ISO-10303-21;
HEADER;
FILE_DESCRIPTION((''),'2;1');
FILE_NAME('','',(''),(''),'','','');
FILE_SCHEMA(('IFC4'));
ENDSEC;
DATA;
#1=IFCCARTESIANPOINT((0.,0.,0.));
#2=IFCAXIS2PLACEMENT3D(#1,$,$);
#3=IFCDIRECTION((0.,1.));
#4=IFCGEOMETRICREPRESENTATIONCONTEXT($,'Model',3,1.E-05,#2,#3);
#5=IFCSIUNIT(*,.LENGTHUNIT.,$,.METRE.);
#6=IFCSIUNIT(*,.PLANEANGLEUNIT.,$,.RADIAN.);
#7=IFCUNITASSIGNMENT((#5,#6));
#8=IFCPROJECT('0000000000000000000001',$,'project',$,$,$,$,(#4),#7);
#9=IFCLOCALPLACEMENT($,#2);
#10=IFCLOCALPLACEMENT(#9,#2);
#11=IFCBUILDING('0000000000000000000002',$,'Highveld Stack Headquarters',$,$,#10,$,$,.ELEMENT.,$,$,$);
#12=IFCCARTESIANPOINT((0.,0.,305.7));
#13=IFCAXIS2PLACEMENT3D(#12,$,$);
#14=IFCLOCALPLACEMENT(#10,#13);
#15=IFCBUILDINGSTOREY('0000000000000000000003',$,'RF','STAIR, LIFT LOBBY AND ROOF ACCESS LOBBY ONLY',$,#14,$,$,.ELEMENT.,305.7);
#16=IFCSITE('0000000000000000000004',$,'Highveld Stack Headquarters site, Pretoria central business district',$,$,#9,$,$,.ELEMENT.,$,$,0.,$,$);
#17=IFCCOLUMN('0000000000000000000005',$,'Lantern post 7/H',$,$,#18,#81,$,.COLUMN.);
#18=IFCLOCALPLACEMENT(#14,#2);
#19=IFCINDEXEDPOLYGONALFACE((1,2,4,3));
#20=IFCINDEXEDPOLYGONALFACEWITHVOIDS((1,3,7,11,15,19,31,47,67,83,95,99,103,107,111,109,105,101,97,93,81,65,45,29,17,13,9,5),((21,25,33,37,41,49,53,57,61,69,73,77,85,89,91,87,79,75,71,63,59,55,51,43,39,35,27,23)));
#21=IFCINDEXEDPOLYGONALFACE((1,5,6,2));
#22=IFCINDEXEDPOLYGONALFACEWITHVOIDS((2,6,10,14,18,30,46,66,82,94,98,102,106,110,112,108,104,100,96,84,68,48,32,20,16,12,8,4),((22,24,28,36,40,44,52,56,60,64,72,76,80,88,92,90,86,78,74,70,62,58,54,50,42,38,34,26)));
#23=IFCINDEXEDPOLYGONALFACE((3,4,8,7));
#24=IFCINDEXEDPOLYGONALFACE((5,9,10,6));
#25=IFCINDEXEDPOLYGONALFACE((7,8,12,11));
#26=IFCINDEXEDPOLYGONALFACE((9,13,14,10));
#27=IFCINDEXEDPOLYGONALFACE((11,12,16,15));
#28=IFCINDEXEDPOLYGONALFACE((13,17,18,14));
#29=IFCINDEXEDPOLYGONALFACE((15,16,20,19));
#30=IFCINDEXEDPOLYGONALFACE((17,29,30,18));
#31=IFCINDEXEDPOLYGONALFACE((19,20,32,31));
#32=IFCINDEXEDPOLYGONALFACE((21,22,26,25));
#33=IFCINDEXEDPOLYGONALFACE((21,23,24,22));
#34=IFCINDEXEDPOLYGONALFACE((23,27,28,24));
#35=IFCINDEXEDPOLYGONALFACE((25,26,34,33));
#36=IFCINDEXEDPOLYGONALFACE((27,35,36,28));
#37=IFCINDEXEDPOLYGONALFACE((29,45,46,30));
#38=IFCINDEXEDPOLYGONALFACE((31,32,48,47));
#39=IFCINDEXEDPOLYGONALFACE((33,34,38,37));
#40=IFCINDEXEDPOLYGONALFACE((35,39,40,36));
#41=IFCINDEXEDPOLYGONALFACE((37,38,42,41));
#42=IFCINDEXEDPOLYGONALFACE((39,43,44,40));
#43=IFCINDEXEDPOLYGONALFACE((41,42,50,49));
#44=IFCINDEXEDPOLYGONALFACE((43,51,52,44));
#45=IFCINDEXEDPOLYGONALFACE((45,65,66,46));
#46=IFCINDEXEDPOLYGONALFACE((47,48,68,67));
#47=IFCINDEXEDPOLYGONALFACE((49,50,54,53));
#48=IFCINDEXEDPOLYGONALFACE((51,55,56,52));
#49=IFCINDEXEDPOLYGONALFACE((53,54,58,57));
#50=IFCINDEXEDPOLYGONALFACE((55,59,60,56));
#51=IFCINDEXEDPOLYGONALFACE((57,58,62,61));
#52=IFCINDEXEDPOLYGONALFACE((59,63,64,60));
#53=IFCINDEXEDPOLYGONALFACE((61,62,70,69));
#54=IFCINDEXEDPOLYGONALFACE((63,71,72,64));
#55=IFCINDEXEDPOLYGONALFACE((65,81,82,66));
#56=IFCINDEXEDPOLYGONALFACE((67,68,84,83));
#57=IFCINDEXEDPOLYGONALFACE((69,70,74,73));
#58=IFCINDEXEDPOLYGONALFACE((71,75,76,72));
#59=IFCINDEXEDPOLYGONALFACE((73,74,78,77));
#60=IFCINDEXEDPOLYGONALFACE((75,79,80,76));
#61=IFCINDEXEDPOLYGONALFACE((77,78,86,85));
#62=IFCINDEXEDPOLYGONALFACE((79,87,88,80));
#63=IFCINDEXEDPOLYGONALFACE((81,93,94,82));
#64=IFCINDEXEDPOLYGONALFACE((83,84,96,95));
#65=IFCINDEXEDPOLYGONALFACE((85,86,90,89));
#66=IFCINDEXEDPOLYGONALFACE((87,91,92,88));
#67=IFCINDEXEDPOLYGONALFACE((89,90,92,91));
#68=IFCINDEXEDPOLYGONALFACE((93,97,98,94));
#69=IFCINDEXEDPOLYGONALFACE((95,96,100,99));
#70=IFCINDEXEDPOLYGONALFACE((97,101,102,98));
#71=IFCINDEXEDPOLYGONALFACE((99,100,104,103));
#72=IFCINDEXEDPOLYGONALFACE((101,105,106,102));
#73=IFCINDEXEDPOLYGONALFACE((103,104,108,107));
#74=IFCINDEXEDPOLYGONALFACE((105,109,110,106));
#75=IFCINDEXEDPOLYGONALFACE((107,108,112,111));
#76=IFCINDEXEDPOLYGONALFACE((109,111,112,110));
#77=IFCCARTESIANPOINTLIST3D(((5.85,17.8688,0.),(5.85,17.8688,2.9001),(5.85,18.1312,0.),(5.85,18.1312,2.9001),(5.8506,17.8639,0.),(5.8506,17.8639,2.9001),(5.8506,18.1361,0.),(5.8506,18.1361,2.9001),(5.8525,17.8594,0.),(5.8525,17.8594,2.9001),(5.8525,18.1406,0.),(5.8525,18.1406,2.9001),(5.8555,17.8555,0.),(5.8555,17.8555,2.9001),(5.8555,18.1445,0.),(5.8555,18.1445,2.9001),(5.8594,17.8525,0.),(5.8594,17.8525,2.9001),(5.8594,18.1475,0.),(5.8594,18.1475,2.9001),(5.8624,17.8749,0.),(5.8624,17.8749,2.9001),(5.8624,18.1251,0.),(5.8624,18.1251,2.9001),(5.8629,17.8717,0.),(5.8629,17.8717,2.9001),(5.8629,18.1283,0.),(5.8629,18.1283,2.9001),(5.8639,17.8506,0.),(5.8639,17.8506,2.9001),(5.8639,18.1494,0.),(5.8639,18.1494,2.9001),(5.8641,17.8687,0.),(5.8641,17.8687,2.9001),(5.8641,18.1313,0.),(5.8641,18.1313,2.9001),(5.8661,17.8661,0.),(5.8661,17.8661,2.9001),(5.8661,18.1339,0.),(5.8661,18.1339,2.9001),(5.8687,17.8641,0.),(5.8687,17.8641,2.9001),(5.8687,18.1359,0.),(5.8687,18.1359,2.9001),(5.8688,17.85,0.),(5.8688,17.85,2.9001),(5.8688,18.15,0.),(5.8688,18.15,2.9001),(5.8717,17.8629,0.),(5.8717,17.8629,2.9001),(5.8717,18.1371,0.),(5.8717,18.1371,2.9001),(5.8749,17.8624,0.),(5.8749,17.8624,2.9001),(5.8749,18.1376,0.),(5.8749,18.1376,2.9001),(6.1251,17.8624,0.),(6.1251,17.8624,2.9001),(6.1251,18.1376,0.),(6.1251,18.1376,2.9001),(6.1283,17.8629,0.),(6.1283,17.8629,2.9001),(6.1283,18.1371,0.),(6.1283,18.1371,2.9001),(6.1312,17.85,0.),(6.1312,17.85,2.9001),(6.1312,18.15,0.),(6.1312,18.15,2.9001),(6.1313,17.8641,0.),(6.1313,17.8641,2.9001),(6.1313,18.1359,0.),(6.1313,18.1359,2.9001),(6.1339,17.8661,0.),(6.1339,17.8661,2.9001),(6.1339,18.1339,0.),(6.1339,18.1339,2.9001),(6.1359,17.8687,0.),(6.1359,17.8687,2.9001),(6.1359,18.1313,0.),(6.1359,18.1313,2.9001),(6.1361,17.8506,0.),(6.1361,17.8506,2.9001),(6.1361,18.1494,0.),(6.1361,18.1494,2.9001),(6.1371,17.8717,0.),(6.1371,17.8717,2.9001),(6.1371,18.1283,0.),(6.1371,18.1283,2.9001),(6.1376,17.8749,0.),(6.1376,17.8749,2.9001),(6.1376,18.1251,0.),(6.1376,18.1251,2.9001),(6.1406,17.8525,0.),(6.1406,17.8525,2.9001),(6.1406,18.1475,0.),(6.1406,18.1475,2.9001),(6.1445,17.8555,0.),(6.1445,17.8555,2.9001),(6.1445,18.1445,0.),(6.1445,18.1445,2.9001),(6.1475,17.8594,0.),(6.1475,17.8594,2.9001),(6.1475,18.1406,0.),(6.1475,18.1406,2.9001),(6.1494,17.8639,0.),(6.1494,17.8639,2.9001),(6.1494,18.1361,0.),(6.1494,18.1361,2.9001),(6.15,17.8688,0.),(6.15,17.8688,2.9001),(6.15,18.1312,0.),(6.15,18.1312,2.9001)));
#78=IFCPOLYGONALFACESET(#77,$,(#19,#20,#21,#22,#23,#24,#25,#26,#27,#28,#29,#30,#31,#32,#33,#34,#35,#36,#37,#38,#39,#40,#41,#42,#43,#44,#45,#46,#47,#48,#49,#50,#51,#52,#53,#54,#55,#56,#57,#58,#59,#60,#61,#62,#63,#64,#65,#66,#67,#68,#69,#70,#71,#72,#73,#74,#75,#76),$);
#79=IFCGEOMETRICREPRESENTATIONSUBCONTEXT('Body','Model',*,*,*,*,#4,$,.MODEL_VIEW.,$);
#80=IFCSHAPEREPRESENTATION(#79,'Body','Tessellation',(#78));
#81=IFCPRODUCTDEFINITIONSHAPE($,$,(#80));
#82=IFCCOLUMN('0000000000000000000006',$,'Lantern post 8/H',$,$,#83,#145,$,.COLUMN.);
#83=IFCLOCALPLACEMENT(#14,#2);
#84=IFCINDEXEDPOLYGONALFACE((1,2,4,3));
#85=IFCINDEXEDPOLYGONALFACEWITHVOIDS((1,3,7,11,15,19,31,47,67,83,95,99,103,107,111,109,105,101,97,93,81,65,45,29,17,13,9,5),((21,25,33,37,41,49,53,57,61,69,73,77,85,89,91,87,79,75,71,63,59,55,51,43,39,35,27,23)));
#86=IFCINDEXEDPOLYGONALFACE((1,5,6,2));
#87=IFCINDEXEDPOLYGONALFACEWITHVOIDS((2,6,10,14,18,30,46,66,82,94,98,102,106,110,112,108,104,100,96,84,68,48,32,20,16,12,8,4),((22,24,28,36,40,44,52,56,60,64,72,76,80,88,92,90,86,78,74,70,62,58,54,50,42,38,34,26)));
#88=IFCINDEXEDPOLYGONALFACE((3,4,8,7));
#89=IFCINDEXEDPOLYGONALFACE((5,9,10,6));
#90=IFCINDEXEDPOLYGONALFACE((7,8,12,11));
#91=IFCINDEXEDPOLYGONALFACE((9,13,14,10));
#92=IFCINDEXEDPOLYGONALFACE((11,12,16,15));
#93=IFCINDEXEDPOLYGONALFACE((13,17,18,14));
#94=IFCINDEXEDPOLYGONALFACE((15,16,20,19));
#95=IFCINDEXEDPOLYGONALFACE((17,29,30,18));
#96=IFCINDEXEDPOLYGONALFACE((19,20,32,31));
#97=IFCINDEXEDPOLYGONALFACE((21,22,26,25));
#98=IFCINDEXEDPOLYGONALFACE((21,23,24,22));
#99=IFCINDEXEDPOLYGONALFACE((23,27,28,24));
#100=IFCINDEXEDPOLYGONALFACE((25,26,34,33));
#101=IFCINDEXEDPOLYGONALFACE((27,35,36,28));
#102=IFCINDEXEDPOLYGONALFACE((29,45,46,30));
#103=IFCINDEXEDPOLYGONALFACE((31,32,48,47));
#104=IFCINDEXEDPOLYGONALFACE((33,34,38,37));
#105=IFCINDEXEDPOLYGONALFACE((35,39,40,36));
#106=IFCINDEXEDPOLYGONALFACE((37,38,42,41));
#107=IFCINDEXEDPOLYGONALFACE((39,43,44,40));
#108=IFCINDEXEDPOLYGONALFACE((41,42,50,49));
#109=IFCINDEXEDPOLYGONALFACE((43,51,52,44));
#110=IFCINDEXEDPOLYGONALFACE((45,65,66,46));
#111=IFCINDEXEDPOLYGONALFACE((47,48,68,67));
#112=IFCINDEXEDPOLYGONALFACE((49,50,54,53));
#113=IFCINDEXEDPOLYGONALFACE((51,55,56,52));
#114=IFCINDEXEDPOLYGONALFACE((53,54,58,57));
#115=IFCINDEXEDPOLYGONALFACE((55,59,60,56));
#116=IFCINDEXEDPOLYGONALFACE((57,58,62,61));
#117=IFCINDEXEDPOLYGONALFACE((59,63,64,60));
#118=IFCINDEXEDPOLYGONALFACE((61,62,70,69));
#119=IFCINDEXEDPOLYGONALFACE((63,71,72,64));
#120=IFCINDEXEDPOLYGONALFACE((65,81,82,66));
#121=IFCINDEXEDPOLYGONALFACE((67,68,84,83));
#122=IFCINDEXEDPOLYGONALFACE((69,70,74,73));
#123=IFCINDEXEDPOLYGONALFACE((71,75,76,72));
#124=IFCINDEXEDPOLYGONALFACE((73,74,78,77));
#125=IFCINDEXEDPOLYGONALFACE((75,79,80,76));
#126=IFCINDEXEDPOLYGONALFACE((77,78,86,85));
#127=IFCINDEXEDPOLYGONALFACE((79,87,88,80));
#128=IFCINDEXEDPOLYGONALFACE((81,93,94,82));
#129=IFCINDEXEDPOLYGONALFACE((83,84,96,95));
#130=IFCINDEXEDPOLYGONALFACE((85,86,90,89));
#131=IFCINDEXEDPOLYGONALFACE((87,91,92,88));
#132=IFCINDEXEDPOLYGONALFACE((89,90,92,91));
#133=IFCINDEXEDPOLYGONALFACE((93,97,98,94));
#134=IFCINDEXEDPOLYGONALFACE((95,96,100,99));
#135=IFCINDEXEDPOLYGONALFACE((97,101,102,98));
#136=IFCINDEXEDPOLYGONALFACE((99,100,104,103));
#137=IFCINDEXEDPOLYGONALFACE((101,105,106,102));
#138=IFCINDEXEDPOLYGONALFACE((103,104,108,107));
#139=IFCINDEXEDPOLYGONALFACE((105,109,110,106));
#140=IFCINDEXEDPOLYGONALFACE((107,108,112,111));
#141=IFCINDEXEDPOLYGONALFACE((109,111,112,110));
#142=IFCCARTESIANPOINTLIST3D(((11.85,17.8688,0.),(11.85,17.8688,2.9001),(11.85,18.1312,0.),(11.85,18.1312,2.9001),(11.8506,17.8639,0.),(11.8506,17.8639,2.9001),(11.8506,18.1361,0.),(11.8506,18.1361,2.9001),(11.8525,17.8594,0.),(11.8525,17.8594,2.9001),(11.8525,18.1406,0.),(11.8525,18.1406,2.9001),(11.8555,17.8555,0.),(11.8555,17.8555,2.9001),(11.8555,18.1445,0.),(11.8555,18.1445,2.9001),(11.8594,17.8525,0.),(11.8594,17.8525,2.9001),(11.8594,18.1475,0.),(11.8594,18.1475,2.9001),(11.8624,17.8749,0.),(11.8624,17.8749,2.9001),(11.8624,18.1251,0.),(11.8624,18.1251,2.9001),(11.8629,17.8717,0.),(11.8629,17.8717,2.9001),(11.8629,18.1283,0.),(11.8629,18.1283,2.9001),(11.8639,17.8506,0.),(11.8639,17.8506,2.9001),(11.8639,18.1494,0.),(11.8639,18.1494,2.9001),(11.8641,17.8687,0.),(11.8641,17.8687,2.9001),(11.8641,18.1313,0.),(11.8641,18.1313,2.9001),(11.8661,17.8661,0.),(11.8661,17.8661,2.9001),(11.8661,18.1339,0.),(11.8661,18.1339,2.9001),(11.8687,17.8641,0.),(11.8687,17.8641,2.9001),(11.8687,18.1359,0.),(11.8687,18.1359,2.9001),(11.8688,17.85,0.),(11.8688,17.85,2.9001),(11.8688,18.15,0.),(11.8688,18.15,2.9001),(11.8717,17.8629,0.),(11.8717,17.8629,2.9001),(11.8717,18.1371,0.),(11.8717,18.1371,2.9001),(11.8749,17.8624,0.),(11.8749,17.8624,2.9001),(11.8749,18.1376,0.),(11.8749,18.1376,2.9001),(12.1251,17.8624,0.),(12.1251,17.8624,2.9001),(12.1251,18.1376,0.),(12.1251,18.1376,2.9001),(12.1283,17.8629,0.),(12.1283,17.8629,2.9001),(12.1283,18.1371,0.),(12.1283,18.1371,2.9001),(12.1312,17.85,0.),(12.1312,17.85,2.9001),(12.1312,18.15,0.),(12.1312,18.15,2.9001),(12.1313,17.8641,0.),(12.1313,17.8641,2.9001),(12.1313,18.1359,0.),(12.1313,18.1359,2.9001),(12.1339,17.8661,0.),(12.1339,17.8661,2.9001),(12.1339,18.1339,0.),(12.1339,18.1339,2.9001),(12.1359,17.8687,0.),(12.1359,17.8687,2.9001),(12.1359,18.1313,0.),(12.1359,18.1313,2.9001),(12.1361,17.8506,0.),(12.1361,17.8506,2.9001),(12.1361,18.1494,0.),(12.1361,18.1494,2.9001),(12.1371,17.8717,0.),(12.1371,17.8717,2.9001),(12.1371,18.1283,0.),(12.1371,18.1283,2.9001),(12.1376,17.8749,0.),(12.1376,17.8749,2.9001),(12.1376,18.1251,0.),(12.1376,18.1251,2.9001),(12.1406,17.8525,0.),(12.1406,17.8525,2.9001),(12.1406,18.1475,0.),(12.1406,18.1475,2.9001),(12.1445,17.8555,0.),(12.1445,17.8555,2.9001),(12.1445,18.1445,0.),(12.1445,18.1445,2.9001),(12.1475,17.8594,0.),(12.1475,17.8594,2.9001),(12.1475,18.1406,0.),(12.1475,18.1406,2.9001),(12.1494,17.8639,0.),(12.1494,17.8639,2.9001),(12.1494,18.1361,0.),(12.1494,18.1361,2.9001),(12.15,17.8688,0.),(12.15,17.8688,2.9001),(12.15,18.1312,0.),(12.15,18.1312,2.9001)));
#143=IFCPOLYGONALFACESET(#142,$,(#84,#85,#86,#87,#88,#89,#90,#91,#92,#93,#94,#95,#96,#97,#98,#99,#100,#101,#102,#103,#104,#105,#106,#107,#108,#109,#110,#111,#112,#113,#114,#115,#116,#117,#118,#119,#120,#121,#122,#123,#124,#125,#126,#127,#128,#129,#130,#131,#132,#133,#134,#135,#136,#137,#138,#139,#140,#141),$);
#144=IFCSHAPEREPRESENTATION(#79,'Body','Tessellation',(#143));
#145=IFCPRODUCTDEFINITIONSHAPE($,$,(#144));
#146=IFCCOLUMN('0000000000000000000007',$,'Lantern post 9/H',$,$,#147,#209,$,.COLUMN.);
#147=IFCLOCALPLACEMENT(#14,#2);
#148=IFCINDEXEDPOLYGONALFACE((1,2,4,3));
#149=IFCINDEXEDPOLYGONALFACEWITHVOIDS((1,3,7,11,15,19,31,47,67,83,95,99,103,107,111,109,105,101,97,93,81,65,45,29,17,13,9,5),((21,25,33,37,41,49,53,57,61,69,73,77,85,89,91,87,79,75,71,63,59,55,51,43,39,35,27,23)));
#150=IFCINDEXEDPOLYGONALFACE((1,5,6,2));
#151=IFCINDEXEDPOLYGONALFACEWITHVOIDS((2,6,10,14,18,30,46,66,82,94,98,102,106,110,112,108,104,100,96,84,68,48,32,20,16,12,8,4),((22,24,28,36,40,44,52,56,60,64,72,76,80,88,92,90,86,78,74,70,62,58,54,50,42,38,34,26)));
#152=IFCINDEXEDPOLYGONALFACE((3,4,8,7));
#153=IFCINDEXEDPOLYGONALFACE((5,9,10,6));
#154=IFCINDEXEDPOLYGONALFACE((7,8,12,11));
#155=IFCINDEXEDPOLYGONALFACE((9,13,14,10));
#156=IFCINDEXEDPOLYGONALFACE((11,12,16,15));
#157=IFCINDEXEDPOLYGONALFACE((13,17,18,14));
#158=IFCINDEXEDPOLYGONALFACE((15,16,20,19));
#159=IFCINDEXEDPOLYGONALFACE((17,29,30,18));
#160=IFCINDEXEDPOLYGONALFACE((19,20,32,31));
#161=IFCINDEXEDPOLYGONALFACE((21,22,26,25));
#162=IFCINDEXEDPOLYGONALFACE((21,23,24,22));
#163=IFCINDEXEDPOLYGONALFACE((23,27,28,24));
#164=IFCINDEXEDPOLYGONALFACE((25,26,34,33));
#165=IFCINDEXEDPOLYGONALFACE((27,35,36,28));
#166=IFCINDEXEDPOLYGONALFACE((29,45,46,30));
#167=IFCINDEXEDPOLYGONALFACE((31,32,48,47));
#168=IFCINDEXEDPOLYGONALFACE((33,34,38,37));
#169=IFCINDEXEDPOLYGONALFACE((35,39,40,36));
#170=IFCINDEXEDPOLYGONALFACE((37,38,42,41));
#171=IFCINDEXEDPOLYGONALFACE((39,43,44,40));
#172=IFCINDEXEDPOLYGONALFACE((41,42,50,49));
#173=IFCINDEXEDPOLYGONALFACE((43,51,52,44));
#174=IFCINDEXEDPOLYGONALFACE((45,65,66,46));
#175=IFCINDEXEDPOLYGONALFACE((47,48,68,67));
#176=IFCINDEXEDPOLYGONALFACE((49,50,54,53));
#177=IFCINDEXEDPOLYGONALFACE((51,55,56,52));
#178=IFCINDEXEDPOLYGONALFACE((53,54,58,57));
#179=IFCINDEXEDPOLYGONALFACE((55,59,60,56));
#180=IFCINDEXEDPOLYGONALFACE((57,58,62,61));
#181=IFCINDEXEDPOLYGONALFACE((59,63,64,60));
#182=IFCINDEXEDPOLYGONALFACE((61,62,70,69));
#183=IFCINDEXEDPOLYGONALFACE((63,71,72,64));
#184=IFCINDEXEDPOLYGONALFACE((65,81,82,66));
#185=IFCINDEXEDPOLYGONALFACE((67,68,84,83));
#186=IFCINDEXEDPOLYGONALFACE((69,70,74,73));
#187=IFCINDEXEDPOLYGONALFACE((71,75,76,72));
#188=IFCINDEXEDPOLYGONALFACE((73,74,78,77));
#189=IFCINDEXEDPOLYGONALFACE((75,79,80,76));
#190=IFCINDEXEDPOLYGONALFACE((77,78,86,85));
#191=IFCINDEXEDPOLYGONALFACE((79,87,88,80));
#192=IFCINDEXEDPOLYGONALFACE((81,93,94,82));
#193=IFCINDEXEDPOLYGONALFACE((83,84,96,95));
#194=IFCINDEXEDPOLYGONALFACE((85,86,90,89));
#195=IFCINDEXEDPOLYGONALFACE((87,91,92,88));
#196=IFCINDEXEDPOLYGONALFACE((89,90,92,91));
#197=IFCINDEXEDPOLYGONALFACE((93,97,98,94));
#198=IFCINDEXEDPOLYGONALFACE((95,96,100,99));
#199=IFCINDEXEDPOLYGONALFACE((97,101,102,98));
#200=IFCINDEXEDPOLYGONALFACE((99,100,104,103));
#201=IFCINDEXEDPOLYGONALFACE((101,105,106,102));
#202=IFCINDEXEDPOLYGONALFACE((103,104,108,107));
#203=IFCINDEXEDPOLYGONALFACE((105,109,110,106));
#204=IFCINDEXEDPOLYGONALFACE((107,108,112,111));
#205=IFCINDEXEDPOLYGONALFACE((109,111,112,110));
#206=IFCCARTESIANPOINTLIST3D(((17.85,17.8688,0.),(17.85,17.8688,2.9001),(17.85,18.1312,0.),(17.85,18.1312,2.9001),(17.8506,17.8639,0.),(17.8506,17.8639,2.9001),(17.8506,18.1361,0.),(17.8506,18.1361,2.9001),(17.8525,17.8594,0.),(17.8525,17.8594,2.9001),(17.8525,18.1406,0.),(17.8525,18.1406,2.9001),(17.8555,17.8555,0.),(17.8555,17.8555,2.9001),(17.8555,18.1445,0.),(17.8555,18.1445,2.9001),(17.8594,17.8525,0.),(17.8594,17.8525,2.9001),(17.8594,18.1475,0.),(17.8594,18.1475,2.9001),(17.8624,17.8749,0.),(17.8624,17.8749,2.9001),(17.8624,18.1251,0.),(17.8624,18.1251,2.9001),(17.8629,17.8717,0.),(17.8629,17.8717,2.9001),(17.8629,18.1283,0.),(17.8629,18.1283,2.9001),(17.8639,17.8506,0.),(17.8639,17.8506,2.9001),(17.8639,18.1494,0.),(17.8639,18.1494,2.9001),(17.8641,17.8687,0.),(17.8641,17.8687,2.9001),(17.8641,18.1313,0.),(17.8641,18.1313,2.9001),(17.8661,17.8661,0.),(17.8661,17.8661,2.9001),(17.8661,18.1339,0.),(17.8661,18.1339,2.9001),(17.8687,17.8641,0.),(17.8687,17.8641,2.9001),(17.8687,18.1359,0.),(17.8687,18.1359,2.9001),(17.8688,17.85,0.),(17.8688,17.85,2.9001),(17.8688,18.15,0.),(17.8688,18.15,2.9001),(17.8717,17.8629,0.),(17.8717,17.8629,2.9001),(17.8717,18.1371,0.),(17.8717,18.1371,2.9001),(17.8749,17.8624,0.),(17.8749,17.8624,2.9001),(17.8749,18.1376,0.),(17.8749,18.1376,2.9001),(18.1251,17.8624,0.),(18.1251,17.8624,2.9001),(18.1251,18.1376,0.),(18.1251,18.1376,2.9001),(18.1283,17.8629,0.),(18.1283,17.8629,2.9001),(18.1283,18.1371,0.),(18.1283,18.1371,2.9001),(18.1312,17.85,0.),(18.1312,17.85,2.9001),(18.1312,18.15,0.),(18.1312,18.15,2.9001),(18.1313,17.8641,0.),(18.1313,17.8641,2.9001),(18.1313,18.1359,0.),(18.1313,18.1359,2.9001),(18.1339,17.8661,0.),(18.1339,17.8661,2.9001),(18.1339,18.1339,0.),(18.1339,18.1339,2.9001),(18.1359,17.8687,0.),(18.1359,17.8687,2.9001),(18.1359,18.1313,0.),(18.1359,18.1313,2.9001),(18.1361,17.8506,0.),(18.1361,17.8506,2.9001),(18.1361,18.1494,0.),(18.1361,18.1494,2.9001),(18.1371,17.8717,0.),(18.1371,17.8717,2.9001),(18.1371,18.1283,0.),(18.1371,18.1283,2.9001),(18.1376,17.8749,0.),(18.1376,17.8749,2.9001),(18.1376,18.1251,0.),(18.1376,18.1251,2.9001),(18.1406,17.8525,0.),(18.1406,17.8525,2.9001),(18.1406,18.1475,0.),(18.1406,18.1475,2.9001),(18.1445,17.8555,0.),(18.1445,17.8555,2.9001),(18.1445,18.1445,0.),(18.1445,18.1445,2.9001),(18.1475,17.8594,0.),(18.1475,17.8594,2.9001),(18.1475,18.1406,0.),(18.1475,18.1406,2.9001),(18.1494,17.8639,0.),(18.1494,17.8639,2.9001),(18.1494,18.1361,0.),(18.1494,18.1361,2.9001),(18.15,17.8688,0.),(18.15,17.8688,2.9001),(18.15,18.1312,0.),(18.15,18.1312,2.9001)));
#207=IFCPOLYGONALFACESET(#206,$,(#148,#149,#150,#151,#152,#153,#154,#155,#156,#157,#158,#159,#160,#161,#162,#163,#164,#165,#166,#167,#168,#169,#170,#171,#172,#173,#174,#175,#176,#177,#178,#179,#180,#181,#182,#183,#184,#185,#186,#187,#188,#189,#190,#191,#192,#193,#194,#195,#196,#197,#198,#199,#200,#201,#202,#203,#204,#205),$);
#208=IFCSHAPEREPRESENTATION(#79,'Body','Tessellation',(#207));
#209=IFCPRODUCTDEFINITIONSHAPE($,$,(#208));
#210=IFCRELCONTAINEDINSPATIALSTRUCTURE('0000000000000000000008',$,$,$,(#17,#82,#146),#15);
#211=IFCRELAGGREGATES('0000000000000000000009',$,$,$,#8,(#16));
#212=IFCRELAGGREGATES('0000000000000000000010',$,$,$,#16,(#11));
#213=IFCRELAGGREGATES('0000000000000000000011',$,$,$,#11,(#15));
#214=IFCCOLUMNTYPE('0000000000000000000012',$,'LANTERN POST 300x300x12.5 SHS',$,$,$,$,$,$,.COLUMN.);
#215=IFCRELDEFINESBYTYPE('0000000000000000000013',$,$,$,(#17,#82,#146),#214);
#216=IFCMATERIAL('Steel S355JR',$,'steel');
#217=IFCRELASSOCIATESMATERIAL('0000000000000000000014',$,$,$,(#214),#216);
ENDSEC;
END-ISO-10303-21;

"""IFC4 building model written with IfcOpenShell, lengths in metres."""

from ifc_helpers import new_model, si_unit, direction, frame, origin, origin_2d, place, context, subcontext, project, spatial, hollow_rectangle, extrude, material, material_profile, profile_set, type_object, element, save


model = new_model("IFC4")

# Units and contexts
model_context = context("Model", 3, precision=1e-05, world=origin(), true_north=direction((0.0, 1.0)))
body_context = subcontext(model_context, "Body", "Model", "MODEL_VIEW")
ifc_project = project(units=[si_unit("LENGTHUNIT", "METRE"), si_unit("PLANEANGLEUNIT", "RADIAN")], contexts=[model_context])

# Site, building, storey
site_placement = place(None, origin())
site = spatial("IfcSite", under=ifc_project, at=site_placement, Name="Highveld Stack Headquarters site, Pretoria central business district", CompositionType="ELEMENT", RefElevation=0.0)
building_placement = place(site_placement, origin())
building = spatial("IfcBuilding", under=site, at=building_placement, Name="Highveld Stack Headquarters", CompositionType="ELEMENT")
storey_placement = place(building_placement, frame((0.0, 0.0, 305.7)))
storey = spatial("IfcBuildingStorey", under=building, at=storey_placement, Name="RF", Description="STAIR, LIFT LOBBY AND ROOF ACCESS LOBBY ONLY", CompositionType="ELEMENT", Elevation=305.7)

# Columns
ifc_material_1 = material(Name="Steel S355JR", Category="steel")
ifc_material_profile_1 = material_profile(ifc_material_1, hollow_rectangle(XDim=0.3, YDim=0.3, WallThickness=0.0125, InnerFilletRadius=0.0125, OuterFilletRadius=0.0188, at=origin_2d()), Name="300x300x12.5 SHS")
ifc_profile_set_1 = profile_set([ifc_material_profile_1], Name="Steel S355JR")
column_type = type_object("IfcColumnType", Name="LANTERN POST 300x300x12.5 SHS", PredefinedType="COLUMN", material=ifc_profile_set_1)
for number, where, z_axis, x_axis, name in (
    (1, (6.0, 18.0, 0.0), (0.0, 0.0, 1.0), (1.0, 0.0, 0.0), "Lantern post 7/H"),
    (2, (12.0, 18.0, 0.0), (0.0, 0.0, 1.0), (1.0, 0.0, 0.0), "Lantern post 8/H"),
    (3, (18.0, 18.0, 0.0), (0.0, 0.0, 1.0), (1.0, 0.0, 0.0), "Lantern post 9/H"),
):
    element("IfcColumn", number, at=place(storey_placement, frame(where, z_axis=z_axis, x_axis=x_axis)), inside=storey, type_object=column_type, Name=name, PredefinedType="COLUMN", context=body_context, shape_type="SweptSolid", body=[
        extrude(hollow_rectangle(XDim=0.3, YDim=0.3, WallThickness=0.0125, InnerFilletRadius=0.0125, OuterFilletRadius=0.0188, at=origin_2d()), origin(), (0.0, 0.0, 1.0), 2.9001),
    ])

save(model, "model.ifc")
